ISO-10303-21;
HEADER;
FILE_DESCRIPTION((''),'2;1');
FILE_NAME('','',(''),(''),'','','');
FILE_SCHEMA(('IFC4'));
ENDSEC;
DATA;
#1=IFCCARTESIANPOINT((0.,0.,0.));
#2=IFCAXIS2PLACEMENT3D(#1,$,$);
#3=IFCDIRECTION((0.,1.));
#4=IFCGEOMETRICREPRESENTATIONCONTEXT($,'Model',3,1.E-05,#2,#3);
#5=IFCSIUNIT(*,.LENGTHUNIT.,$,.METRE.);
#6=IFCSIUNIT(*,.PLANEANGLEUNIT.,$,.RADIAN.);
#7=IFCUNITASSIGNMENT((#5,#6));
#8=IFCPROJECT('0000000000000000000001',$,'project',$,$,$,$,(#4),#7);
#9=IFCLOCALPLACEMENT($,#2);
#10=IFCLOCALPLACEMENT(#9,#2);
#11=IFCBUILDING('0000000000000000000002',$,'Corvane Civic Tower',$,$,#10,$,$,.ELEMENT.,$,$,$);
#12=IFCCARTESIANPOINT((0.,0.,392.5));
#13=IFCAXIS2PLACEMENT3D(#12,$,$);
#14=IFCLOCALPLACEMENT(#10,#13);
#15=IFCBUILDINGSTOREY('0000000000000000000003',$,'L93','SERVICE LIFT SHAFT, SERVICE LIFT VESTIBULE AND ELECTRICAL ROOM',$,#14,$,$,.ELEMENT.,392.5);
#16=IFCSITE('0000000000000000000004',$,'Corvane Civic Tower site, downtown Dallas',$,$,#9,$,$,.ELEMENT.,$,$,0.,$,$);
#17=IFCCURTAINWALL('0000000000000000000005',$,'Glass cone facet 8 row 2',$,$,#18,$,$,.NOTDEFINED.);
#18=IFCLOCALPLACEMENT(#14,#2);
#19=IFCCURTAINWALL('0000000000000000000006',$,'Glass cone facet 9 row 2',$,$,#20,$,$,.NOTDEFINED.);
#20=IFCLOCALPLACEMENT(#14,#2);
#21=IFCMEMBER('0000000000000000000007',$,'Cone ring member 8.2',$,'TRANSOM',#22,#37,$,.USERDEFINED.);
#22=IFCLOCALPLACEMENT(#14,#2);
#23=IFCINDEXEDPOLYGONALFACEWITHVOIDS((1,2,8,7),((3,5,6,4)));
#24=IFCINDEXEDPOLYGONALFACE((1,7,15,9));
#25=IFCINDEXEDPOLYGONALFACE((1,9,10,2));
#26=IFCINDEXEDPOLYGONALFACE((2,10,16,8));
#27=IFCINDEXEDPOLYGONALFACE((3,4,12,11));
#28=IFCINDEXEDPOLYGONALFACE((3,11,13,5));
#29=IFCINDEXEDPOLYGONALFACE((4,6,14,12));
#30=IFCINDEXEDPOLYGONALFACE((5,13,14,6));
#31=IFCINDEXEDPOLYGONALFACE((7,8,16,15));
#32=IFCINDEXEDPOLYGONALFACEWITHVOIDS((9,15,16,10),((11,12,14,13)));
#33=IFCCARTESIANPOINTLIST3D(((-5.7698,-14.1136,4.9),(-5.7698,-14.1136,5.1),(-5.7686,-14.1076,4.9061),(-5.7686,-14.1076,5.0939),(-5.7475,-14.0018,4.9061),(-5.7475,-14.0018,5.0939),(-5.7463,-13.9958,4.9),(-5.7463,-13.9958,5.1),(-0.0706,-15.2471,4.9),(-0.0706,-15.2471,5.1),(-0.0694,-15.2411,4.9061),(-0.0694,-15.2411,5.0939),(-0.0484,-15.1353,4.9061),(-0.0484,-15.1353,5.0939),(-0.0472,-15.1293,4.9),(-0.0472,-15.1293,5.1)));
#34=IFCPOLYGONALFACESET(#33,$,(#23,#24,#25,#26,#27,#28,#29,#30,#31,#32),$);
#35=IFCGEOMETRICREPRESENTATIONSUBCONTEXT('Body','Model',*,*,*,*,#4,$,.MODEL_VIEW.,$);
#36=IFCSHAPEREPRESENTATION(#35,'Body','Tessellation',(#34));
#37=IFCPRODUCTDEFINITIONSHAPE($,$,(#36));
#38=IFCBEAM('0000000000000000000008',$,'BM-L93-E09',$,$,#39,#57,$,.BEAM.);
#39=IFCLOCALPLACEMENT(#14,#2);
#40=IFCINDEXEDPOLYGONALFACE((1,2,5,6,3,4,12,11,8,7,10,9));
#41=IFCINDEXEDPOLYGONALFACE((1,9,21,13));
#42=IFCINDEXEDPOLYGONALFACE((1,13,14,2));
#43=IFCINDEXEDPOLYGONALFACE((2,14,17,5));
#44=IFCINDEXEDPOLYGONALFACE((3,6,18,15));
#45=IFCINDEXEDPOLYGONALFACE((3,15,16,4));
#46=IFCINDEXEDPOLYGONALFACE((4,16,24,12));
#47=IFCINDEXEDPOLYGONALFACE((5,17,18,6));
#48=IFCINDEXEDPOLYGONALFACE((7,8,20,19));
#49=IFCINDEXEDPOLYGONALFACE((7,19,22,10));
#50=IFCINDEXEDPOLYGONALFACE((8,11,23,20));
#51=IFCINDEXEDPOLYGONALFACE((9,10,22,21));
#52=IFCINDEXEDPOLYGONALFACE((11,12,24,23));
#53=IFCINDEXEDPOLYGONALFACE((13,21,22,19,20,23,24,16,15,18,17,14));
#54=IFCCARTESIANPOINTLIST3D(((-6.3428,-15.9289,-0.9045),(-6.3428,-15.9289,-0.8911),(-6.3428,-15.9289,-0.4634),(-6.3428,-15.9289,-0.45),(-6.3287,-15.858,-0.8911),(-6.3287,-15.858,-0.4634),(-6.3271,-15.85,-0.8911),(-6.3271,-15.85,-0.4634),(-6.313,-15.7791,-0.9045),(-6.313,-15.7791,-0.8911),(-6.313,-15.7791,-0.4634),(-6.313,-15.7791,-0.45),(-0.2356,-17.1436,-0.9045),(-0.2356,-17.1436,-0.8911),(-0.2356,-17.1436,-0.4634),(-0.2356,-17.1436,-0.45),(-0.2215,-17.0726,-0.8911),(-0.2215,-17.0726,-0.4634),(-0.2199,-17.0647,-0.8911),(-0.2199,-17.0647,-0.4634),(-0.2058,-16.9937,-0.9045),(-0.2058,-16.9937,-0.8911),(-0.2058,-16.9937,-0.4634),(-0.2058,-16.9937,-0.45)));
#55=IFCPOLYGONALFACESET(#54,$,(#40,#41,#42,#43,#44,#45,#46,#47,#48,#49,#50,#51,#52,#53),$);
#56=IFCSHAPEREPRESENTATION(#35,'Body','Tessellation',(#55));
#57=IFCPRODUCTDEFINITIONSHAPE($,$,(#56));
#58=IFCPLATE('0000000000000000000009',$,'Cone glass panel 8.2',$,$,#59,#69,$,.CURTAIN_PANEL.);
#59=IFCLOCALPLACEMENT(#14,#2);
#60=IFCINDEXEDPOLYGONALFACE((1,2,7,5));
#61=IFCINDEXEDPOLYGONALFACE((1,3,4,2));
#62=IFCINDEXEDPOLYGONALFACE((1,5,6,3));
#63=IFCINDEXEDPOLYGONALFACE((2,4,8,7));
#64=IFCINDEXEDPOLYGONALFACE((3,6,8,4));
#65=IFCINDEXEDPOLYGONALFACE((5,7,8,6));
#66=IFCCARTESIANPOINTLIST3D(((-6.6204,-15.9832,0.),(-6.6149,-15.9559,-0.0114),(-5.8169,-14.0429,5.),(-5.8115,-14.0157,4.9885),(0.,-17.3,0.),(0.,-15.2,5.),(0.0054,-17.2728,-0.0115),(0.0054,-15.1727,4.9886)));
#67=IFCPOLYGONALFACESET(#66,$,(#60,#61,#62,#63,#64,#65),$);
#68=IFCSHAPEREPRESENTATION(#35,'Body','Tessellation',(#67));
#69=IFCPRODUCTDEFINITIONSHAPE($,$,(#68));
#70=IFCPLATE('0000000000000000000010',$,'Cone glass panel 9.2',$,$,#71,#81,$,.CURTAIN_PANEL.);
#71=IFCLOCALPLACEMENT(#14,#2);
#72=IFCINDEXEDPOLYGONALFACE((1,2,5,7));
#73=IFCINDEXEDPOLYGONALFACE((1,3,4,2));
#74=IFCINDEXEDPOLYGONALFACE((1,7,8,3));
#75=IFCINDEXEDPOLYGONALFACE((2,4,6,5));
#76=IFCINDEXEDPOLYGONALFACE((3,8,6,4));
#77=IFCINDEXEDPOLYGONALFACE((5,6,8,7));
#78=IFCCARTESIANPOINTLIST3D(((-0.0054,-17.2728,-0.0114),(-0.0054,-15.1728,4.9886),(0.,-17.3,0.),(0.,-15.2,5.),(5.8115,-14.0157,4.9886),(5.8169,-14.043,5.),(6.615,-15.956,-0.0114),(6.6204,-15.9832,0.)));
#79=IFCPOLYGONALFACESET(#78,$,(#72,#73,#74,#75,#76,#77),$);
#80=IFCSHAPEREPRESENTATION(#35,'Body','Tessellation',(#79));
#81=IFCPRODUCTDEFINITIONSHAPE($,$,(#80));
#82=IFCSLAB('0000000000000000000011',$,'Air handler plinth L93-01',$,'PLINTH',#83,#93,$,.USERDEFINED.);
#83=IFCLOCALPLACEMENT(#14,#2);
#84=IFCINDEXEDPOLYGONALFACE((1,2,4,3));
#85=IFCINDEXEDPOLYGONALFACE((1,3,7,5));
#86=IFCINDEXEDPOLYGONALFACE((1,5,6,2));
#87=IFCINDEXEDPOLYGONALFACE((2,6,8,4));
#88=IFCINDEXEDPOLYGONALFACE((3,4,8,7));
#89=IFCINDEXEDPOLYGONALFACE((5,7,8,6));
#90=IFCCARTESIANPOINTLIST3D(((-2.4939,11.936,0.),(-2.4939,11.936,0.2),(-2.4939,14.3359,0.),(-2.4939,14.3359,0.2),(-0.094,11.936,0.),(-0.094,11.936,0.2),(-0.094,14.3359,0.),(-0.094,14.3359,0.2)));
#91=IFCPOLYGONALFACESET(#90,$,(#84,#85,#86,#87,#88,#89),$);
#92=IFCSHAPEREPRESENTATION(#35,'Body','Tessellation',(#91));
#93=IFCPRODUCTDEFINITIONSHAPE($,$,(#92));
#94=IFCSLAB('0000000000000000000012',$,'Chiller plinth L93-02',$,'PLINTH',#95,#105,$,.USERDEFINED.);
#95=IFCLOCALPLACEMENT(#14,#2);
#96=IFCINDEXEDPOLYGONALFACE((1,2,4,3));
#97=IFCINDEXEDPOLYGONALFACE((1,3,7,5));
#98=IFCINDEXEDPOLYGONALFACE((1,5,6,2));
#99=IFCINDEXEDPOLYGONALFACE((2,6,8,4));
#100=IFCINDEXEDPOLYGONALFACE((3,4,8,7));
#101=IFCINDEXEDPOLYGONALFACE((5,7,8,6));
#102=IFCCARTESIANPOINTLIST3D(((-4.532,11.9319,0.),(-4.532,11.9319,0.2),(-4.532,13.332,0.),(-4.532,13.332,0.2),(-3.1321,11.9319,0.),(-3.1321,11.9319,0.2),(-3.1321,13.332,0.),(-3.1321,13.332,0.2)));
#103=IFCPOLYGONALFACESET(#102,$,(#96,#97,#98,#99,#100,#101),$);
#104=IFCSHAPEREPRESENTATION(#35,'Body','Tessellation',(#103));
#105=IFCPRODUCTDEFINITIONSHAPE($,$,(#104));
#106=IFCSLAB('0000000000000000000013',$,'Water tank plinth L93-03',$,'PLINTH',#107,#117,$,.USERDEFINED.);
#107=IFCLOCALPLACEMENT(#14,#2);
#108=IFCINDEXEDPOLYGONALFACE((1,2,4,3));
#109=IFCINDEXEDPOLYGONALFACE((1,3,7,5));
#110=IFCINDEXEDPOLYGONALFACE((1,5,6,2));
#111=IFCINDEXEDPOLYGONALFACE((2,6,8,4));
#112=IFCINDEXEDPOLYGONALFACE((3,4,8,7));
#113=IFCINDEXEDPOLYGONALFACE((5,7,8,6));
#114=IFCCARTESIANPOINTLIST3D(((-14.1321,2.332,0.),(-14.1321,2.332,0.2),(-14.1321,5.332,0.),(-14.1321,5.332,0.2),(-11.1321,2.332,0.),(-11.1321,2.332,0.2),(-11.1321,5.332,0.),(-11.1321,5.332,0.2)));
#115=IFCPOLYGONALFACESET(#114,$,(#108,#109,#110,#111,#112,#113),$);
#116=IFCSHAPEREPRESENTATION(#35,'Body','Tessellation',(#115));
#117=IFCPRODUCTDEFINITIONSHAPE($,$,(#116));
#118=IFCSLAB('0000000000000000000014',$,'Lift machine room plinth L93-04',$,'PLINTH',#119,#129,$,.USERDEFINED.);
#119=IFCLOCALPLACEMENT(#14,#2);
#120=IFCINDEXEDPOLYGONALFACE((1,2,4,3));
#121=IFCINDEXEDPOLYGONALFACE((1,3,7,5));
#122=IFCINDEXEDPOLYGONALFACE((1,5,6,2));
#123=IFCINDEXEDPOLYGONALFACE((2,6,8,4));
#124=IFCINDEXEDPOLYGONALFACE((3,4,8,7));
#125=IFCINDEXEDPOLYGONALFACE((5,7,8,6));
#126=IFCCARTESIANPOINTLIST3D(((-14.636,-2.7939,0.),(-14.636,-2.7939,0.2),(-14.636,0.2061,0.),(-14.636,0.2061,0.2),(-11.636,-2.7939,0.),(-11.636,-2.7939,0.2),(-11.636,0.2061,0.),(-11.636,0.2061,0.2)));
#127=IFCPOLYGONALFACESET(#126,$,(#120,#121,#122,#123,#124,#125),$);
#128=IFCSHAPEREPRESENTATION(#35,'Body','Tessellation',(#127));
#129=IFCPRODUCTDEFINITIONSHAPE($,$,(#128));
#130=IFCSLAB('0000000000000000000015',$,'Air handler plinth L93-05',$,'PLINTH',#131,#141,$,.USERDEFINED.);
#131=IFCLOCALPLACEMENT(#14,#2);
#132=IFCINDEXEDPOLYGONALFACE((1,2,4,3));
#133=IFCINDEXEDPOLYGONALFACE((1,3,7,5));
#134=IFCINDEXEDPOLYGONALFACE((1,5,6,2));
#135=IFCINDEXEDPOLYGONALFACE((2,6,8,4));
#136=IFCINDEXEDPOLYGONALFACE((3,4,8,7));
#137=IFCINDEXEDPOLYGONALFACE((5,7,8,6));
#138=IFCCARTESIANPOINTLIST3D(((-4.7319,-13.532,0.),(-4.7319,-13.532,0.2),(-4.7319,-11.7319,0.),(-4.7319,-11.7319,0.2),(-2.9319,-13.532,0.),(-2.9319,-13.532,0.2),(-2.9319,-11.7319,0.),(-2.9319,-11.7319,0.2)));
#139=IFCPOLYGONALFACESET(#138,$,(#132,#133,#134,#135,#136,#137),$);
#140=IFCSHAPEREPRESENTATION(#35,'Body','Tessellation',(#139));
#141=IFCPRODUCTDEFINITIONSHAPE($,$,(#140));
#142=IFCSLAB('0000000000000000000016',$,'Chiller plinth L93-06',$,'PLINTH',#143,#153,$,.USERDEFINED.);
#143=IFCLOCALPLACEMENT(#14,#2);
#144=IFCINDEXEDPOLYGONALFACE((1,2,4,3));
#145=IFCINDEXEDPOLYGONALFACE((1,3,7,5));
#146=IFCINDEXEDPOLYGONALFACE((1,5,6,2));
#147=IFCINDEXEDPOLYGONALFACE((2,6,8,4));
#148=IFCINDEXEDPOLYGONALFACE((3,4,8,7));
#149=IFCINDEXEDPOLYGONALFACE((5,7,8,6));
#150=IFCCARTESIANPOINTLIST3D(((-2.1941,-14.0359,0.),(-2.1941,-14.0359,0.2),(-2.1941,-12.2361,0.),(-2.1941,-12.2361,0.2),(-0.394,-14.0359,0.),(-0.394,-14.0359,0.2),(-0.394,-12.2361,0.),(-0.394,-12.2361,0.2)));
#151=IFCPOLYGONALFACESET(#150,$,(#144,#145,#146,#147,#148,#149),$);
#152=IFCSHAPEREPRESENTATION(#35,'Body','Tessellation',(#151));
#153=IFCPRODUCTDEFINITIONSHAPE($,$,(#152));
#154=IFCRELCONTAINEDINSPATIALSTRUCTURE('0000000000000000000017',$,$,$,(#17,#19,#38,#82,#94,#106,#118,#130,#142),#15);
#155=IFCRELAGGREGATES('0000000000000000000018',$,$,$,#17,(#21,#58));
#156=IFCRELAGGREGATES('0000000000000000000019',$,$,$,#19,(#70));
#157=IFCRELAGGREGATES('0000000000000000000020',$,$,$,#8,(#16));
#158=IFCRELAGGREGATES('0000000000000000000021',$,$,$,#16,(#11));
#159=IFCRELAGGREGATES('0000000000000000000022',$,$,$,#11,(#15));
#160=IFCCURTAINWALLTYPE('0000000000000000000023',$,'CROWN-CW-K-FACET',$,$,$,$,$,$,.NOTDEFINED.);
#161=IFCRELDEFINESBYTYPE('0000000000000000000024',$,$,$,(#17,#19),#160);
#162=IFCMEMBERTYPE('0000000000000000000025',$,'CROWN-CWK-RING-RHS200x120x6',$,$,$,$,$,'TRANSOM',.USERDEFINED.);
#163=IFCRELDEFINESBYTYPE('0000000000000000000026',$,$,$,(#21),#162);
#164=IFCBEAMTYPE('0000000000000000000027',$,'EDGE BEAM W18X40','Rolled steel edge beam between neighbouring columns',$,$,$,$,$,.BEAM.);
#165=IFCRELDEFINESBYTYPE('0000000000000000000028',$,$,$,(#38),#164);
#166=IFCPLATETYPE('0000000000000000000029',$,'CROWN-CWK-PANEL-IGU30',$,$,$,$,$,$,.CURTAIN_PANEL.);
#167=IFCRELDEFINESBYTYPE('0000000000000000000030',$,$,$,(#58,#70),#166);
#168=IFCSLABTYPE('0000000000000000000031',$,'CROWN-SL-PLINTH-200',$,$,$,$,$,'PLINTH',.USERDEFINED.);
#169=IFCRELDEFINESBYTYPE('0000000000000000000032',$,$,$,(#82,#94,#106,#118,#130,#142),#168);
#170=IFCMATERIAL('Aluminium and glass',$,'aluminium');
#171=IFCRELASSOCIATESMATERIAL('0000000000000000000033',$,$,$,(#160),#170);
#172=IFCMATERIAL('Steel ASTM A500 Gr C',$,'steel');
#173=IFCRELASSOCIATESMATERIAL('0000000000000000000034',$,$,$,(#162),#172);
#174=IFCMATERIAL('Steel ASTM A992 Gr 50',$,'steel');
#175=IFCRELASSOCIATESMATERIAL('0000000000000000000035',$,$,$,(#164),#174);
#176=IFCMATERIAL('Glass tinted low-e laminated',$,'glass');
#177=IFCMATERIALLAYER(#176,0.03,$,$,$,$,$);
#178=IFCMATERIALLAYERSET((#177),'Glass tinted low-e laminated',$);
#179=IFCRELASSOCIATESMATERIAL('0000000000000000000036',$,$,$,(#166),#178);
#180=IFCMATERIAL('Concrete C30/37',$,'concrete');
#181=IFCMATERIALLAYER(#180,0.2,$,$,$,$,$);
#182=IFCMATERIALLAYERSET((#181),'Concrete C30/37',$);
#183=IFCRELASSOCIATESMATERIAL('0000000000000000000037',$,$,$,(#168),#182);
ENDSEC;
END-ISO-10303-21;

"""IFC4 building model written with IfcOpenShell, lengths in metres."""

from ifc_helpers import new_model, si_unit, direction, frame, origin, origin_2d, place, context, subcontext, project, spatial, polyline, hollow_rectangle, i_section, outline, extrude, material, layer, layer_set, material_profile, profile_set, type_object, element, aggregate, save


model = new_model("IFC4")

# Units and contexts
model_context = context("Model", 3, precision=1e-05, world=origin(), true_north=direction((0.0, 1.0)))
body_context = subcontext(model_context, "Body", "Model", "MODEL_VIEW")
ifc_project = project(units=[si_unit("LENGTHUNIT", "METRE"), si_unit("PLANEANGLEUNIT", "RADIAN")], contexts=[model_context])

# Site, building, storey
site_placement = place(None, origin())
site = spatial("IfcSite", under=ifc_project, at=site_placement, Name="Corvane Civic Tower site, downtown Dallas", CompositionType="ELEMENT", RefElevation=0.0)
building_placement = place(site_placement, origin())
building = spatial("IfcBuilding", under=site, at=building_placement, Name="Corvane Civic Tower", CompositionType="ELEMENT")
storey_placement = place(building_placement, frame((0.0, 0.0, 392.5)))
storey = spatial("IfcBuildingStorey", under=building, at=storey_placement, Name="L93", Description="SERVICE LIFT SHAFT, SERVICE LIFT VESTIBULE AND ELECTRICAL ROOM", CompositionType="ELEMENT", Elevation=392.5)

# Curtain wall
ifc_material_1 = material(Name="Aluminium and glass", Category="aluminium")
curtain_wall_type = type_object("IfcCurtainWallType", Name="CROWN-CW-K-FACET", PredefinedType="NOTDEFINED", material=ifc_material_1)
curtain_wall_1_placement = place(storey_placement, origin())
curtain_wall_1 = element("IfcCurtainWall", 1, at=curtain_wall_1_placement, inside=storey, type_object=curtain_wall_type, Name="Glass cone facet 8 row 2", PredefinedType="NOTDEFINED")

# Curtain wall
curtain_wall_2_placement = place(storey_placement, origin())
curtain_wall_2 = element("IfcCurtainWall", 2, at=curtain_wall_2_placement, inside=storey, type_object=curtain_wall_type, Name="Glass cone facet 9 row 2", PredefinedType="NOTDEFINED")

# Member
ifc_material_2 = material(Name="Steel ASTM A500 Gr C", Category="steel")
ifc_material_profile_1 = material_profile(ifc_material_2, hollow_rectangle(XDim=0.1201, YDim=0.2, WallThickness=0.0061, at=origin_2d()), Name="RHS 200x120x6")
ifc_profile_set_1 = profile_set([ifc_material_profile_1], Name="Steel ASTM A500 Gr C")
member_type_1 = type_object("IfcMemberType", Name="CROWN-CWK-RING-RHS200x120x6", ElementType="TRANSOM", PredefinedType="USERDEFINED", material=ifc_profile_set_1)
member_1_placement = place(storey_placement, frame((-5.7581, -14.0547, 5.0), z_axis=(0.980789, -0.195074, 0.0), x_axis=(0.195074, 0.980789, 0.0)))
member_1 = element("IfcMember", 3, at=member_1_placement, type_object=member_type_1, Name="Cone ring member 8.2", ObjectType="TRANSOM", PredefinedType="USERDEFINED", context=body_context, shape_type="SweptSolid", body=[
    extrude(hollow_rectangle(XDim=0.1201, YDim=0.2, WallThickness=0.0061, at=origin_2d()), origin(), (0.0, 0.0, 1.0), 5.8108),
])

# Beam
ifc_material_3 = material(Name="Steel ASTM A992 Gr 50", Category="steel")
ifc_material_profile_2 = material_profile(ifc_material_3, i_section(OverallWidth=0.1528, OverallDepth=0.4546, WebThickness=0.0081, FlangeThickness=0.0134, at=origin_2d()), Name="W18X40")
ifc_profile_set_2 = profile_set([ifc_material_profile_2], Name="Steel ASTM A992 Gr 50")
beam_type_1 = type_object("IfcBeamType", Name="EDGE BEAM W18X40", Description="Rolled steel edge beam between neighbouring columns", PredefinedType="BEAM", material=ifc_profile_set_2)
beam_1_placement = place(storey_placement, frame((-0.2207, -17.0686, -0.6772), z_axis=(-0.980791, 0.19506, 0.0), x_axis=(-0.19506, -0.980791, 0.0)))
element("IfcBeam", 4, at=beam_1_placement, inside=storey, type_object=beam_type_1, Name="BM-L93-E09", PredefinedType="BEAM", context=body_context, shape_type="SweptSolid", body=[
    extrude(i_section(OverallWidth=0.1528, OverallDepth=0.4546, WebThickness=0.0081, FlangeThickness=0.0134, at=origin_2d()), origin(), (0.0, 0.0, 1.0), 6.2268),
])

# Plates
ifc_material_4 = material(Name="Glass tinted low-e laminated", Category="glass")
ifc_layer_1 = layer(ifc_material_4, 0.03)
ifc_layer_set_1 = layer_set([ifc_layer_1], Name="Glass tinted low-e laminated")
plate_type = type_object("IfcPlateType", Name="CROWN-CWK-PANEL-IGU30", PredefinedType="CURTAIN_PANEL", material=ifc_layer_set_1)
plate_1_placement = place(storey_placement, frame((-6.6204, -15.9832, 0.0), z_axis=(-0.180381, -0.906855, 0.380888), x_axis=(0.980786, -0.195088, -0.000002)))
plate_1 = element("IfcPlate", 5, at=plate_1_placement, type_object=plate_type, Name="Cone glass panel 8.2", PredefinedType="CURTAIN_PANEL", context=body_context, shape_type="SweptSolid", body=[
    extrude(outline(polyline([(0.0, 0.0), (6.7501, 0.0), (6.3404, 5.4076), (0.4095, 5.4076), (0.0, 0.0)])), origin(), (0.0, 0.0, -1.0), 0.03),
])
aggregate(curtain_wall_1, [member_1, plate_1])
plate_2_placement = place(storey_placement, frame((0.0, -17.3, 0.0), z_axis=(0.180381, -0.906855, 0.380888), x_axis=(0.980786, 0.195088, 0.000002)))
plate_2 = element("IfcPlate", 6, at=plate_2_placement, type_object=plate_type, Name="Cone glass panel 9.2", PredefinedType="CURTAIN_PANEL", context=body_context, shape_type="SweptSolid", body=[
    extrude(outline(polyline([(0.0, 0.0), (6.7501, 0.0), (6.3406, 5.4076), (0.4097, 5.4076), (0.0, 0.0)])), origin(), (0.0, 0.0, -1.0), 0.03),
])
aggregate(curtain_wall_2, [plate_2])

# Slabs
ifc_material_5 = material(Name="Concrete C30/37", Category="concrete")
ifc_layer_2 = layer(ifc_material_5, 0.2)
ifc_layer_set_2 = layer_set([ifc_layer_2], Name="Concrete C30/37")
slab_type_1 = type_object("IfcSlabType", Name="CROWN-SL-PLINTH-200", ElementType="PLINTH", PredefinedType="USERDEFINED", material=ifc_layer_set_2)
slab_1_placement = place(storey_placement, origin())
element("IfcSlab", 7, at=slab_1_placement, inside=storey, type_object=slab_type_1, Name="Air handler plinth L93-01", ObjectType="PLINTH", PredefinedType="USERDEFINED", context=body_context, shape_type="SweptSolid", body=[
    extrude(outline(polyline([(-0.094, 11.936), (-0.094, 14.3359), (-2.4939, 14.3359), (-2.4939, 11.936), (-0.094, 11.936)])), origin(), (0.0, 0.0, 1.0), 0.2),
])
slab_2_placement = place(storey_placement, origin())
element("IfcSlab", 8, at=slab_2_placement, inside=storey, type_object=slab_type_1, Name="Chiller plinth L93-02", ObjectType="PLINTH", PredefinedType="USERDEFINED", context=body_context, shape_type="SweptSolid", body=[
    extrude(outline(polyline([(-3.1321, 11.9319), (-3.1321, 13.332), (-4.532, 13.332), (-4.532, 11.9319), (-3.1321, 11.9319)])), origin(), (0.0, 0.0, 1.0), 0.2),
])
slab_3_placement = place(storey_placement, origin())
element("IfcSlab", 9, at=slab_3_placement, inside=storey, type_object=slab_type_1, Name="Water tank plinth L93-03", ObjectType="PLINTH", PredefinedType="USERDEFINED", context=body_context, shape_type="SweptSolid", body=[
    extrude(outline(polyline([(-11.1321, 2.332), (-11.1321, 5.332), (-14.1321, 5.332), (-14.1321, 2.332), (-11.1321, 2.332)])), origin(), (0.0, 0.0, 1.0), 0.2),
])
slab_4_placement = place(storey_placement, origin())
element("IfcSlab", 10, at=slab_4_placement, inside=storey, type_object=slab_type_1, Name="Lift machine room plinth L93-04", ObjectType="PLINTH", PredefinedType="USERDEFINED", context=body_context, shape_type="SweptSolid", body=[
    extrude(outline(polyline([(-11.636, -2.7939), (-11.636, 0.2061), (-14.636, 0.2061), (-14.636, -2.7939), (-11.636, -2.7939)])), origin(), (0.0, 0.0, 1.0), 0.2),
])
slab_5_placement = place(storey_placement, origin())
element("IfcSlab", 11, at=slab_5_placement, inside=storey, type_object=slab_type_1, Name="Air handler plinth L93-05", ObjectType="PLINTH", PredefinedType="USERDEFINED", context=body_context, shape_type="SweptSolid", body=[
    extrude(outline(polyline([(-2.9319, -13.532), (-2.9319, -11.7319), (-4.7319, -11.7319), (-4.7319, -13.532), (-2.9319, -13.532)])), origin(), (0.0, 0.0, 1.0), 0.2),
])
slab_6_placement = place(storey_placement, origin())
element("IfcSlab", 12, at=slab_6_placement, inside=storey, type_object=slab_type_1, Name="Chiller plinth L93-06", ObjectType="PLINTH", PredefinedType="USERDEFINED", context=body_context, shape_type="SweptSolid", body=[
    extrude(outline(polyline([(-0.394, -14.0359), (-0.394, -12.2361), (-2.1941, -12.2361), (-2.1941, -14.0359), (-0.394, -14.0359)])), origin(), (0.0, 0.0, 1.0), 0.2),
])

save(model, "model.ifc")
